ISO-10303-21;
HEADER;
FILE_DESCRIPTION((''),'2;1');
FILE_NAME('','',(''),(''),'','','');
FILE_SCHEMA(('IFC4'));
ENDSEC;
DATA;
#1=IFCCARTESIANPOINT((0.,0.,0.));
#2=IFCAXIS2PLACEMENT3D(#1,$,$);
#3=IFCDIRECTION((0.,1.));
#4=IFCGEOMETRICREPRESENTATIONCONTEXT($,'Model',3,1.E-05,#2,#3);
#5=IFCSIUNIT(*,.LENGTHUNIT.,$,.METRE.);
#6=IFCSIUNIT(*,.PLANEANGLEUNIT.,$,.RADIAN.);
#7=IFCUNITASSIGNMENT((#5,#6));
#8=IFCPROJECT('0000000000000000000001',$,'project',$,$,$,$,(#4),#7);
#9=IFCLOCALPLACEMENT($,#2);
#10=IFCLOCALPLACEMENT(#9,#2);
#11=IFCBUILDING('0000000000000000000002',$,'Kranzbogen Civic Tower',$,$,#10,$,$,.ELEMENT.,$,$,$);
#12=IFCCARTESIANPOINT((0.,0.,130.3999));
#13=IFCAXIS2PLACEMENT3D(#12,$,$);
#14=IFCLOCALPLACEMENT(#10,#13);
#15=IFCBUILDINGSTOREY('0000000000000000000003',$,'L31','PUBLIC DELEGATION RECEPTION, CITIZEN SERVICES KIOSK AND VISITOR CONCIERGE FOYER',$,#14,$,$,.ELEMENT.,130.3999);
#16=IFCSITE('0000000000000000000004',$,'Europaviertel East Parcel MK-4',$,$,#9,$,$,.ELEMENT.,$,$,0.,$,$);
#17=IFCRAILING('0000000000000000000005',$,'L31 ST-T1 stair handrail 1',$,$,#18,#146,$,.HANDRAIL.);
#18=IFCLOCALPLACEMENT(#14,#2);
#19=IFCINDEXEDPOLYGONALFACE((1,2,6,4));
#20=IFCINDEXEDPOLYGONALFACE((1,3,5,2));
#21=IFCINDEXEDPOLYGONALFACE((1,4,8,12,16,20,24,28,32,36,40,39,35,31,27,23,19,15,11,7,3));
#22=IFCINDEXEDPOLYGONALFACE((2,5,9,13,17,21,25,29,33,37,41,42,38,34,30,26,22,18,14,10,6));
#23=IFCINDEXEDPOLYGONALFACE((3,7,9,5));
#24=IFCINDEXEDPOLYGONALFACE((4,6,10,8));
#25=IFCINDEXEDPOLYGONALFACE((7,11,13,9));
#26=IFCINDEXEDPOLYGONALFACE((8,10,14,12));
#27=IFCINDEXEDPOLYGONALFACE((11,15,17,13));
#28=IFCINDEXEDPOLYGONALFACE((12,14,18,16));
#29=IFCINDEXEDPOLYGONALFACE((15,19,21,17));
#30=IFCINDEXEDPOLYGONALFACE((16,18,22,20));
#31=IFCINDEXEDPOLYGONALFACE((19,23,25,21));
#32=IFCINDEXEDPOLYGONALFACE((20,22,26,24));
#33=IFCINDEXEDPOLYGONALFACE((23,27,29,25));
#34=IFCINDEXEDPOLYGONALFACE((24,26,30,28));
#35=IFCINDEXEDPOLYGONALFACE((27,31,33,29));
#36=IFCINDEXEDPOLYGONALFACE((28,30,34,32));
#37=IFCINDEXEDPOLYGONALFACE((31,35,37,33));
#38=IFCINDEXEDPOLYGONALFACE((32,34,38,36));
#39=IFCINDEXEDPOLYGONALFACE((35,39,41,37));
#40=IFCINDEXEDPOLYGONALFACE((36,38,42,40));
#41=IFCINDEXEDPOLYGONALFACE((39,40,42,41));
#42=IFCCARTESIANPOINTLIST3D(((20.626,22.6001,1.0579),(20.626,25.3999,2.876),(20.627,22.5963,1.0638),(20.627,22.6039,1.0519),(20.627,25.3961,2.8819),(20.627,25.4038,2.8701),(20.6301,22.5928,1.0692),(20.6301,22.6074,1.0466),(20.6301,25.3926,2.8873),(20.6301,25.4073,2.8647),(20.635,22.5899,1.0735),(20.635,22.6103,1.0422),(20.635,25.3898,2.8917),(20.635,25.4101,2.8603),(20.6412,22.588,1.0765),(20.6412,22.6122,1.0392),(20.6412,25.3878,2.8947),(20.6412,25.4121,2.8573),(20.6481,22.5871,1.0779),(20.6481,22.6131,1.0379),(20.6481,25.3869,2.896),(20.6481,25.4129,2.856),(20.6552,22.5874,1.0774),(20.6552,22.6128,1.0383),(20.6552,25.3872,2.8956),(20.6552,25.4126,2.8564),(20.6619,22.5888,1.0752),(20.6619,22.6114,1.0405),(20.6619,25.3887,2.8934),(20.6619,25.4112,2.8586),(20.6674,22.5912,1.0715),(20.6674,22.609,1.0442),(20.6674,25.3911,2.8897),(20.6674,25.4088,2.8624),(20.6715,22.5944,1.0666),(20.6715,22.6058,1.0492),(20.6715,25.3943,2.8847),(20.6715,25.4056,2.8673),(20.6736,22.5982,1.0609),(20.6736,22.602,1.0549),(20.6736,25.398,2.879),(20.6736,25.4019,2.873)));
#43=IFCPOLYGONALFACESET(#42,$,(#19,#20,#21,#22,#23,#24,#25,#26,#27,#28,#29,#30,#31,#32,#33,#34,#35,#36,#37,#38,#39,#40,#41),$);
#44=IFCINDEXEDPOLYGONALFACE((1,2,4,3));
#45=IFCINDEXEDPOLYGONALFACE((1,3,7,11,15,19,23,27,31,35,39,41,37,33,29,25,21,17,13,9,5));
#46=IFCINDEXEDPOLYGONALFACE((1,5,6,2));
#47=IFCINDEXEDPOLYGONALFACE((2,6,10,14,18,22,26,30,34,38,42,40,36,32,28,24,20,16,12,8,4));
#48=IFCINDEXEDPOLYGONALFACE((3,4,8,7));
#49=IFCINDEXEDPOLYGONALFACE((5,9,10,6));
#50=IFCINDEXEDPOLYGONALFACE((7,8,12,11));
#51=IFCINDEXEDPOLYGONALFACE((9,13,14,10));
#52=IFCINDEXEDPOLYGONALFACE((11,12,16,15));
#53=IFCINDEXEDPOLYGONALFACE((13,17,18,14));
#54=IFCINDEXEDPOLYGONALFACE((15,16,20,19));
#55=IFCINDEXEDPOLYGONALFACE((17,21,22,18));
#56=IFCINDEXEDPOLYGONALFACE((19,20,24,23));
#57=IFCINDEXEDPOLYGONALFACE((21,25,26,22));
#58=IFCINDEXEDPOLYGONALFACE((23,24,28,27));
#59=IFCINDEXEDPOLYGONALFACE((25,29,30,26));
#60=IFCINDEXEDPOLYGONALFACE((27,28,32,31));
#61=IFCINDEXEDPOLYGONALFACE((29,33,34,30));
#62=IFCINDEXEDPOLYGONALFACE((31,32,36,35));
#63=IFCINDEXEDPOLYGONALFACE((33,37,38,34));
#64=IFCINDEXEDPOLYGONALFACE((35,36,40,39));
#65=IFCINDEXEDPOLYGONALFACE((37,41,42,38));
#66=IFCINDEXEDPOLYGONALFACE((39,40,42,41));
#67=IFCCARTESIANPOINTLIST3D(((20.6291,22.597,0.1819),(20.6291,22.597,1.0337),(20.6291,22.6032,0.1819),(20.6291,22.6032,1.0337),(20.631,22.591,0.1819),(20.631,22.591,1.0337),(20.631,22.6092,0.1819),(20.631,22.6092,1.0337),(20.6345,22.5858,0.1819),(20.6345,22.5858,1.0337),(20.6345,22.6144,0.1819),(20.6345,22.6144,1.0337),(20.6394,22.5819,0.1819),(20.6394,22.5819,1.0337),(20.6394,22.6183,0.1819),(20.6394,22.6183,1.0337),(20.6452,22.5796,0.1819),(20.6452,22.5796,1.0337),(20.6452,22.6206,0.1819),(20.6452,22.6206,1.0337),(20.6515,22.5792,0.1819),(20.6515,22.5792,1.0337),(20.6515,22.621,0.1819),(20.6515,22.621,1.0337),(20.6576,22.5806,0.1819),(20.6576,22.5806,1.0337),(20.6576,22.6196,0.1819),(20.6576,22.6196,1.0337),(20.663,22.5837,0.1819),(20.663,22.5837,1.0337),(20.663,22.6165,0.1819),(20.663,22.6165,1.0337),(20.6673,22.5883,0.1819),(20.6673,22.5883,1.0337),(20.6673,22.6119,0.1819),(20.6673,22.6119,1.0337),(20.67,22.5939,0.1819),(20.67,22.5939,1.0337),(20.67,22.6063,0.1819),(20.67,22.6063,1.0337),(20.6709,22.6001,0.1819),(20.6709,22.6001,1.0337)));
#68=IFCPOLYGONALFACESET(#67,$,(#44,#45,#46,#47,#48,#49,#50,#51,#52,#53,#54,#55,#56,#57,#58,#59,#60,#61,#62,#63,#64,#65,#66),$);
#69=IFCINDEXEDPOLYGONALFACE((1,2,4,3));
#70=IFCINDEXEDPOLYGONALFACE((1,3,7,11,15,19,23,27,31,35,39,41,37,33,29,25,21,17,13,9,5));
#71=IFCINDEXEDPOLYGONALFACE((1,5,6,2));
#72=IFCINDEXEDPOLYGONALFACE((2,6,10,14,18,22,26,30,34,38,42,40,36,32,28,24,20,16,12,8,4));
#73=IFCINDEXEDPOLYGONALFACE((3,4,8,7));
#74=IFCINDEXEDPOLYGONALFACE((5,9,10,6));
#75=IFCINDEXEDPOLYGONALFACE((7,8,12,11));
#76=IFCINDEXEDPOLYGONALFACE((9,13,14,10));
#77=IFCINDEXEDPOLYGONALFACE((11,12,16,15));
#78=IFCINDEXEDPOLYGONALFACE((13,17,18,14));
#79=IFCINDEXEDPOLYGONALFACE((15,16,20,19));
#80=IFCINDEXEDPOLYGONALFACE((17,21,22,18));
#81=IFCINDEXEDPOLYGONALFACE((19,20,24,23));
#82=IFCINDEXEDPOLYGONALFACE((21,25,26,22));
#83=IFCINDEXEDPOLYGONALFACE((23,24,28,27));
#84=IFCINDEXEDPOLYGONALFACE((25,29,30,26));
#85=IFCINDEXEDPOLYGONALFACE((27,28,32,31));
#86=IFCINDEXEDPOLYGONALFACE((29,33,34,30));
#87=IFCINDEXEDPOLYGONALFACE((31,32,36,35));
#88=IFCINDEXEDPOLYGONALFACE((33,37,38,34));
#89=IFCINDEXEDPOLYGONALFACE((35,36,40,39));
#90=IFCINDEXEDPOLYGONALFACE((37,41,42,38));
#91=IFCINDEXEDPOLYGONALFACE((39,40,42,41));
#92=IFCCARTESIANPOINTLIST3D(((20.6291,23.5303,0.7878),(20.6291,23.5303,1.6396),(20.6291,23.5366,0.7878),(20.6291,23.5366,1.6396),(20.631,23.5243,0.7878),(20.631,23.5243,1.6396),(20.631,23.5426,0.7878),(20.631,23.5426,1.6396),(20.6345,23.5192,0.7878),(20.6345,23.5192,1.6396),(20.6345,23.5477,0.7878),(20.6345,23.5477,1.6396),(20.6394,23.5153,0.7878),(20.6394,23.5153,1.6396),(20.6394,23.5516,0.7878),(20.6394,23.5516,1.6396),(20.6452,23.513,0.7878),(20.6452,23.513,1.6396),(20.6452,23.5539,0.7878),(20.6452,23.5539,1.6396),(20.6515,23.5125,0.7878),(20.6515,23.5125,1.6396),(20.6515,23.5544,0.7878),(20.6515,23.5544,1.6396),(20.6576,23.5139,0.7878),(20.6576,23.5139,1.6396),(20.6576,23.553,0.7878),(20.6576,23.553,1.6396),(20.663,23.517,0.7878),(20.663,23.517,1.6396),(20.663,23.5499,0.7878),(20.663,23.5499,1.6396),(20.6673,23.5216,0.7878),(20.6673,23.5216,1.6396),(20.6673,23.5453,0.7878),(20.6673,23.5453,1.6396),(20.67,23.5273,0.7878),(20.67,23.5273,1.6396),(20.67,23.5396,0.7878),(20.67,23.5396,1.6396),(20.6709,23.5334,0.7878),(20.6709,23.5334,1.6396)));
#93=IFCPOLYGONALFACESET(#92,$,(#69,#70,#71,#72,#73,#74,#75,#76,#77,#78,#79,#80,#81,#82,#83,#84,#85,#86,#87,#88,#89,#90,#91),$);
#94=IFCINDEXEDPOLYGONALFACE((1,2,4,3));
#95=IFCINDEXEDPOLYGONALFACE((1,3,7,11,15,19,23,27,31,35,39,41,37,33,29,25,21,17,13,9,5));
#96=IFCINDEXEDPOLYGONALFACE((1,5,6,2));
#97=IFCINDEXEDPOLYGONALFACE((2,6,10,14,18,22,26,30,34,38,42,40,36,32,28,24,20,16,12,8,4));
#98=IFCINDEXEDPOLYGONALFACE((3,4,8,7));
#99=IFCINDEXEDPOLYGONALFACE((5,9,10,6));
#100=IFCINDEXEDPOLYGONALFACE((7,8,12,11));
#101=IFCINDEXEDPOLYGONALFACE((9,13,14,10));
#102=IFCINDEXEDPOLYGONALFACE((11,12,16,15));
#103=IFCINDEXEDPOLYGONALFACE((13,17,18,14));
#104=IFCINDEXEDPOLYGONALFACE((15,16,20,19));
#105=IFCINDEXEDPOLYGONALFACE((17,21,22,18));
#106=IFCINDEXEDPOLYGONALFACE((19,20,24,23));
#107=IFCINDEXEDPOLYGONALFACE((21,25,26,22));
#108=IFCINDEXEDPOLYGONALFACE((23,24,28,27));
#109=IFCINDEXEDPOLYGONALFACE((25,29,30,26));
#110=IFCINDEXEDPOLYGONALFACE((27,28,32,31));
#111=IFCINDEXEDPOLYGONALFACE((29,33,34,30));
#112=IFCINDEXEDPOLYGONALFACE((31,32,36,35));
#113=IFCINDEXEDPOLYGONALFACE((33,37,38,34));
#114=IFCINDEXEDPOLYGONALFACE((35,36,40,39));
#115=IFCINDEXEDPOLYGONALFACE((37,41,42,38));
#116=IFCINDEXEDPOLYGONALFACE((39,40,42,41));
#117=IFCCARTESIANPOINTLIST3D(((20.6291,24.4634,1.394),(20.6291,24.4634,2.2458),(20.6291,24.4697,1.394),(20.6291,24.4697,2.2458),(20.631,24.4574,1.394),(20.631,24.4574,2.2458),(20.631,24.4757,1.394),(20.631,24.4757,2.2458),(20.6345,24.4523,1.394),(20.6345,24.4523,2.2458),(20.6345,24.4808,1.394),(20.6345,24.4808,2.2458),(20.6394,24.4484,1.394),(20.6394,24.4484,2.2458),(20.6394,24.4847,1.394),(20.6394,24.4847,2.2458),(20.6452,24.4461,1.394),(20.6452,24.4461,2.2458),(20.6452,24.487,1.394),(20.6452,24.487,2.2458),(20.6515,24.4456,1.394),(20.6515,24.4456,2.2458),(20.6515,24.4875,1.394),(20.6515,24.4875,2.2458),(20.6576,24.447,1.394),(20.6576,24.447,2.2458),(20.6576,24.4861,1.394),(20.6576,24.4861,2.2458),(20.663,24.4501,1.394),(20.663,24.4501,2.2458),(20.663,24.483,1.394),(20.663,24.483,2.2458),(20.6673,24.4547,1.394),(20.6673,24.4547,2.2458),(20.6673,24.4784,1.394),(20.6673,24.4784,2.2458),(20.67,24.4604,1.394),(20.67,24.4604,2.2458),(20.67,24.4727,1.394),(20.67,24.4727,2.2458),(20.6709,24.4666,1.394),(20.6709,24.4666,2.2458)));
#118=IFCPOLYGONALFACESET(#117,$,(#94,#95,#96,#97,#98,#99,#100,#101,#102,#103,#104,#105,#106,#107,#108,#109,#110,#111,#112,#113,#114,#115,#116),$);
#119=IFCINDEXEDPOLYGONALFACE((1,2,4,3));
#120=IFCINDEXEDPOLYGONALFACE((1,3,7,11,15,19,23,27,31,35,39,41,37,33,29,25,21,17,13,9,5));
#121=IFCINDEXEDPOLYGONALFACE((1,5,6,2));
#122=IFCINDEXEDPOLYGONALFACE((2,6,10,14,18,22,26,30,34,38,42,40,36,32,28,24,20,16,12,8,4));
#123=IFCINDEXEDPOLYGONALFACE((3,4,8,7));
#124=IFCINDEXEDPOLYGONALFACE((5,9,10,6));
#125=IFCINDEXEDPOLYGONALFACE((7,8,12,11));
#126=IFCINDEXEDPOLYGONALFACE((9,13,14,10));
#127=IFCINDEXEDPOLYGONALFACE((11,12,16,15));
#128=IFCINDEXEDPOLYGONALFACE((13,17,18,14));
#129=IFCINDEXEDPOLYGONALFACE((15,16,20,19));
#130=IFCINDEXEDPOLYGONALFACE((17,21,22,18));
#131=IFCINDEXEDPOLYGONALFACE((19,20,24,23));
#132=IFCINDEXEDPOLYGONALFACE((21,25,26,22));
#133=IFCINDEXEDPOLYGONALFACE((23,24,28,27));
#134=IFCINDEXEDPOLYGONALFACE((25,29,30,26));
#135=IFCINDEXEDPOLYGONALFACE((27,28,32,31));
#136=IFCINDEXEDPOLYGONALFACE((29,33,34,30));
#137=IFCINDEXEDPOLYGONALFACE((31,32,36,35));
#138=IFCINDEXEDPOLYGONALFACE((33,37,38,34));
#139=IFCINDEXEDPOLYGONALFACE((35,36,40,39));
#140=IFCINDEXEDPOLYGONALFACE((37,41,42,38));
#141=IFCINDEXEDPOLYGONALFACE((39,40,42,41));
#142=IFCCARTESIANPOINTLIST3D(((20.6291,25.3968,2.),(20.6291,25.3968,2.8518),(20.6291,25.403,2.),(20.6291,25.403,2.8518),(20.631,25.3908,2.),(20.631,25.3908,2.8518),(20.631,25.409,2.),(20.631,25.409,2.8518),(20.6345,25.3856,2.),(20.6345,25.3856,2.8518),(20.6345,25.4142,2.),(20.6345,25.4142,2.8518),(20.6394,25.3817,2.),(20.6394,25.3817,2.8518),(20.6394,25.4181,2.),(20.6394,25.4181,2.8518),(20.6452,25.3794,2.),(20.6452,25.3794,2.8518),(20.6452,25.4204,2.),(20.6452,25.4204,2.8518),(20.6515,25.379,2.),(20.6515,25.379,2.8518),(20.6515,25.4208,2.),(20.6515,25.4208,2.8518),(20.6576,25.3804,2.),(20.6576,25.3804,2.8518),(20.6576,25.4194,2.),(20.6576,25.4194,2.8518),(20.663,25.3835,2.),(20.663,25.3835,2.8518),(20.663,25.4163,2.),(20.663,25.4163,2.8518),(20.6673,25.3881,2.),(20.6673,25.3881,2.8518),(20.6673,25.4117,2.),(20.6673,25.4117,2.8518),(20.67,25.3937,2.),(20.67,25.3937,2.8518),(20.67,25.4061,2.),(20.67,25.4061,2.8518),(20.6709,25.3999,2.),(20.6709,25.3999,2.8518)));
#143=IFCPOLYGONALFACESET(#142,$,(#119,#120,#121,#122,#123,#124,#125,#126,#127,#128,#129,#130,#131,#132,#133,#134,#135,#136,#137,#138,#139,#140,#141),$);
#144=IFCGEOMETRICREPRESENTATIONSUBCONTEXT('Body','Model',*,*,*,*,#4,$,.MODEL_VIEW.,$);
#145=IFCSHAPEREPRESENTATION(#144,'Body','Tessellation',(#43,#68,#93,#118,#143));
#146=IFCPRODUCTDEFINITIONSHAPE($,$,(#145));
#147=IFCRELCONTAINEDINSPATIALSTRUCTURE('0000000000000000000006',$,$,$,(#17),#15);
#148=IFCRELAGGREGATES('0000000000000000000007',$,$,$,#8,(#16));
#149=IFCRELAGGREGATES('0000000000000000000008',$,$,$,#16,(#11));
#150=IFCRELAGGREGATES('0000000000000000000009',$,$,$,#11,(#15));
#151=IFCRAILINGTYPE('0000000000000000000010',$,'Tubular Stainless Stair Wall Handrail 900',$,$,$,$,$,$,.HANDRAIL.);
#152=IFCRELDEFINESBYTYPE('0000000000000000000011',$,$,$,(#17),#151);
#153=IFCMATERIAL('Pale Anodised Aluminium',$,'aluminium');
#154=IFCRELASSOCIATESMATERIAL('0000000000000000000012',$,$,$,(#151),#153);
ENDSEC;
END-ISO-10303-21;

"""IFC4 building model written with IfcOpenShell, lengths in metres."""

from ifc_helpers import new_model, si_unit, direction, frame, origin, origin_2d, place, context, subcontext, project, spatial, circle, extrude, material, type_object, element, save


model = new_model("IFC4")

# Units and contexts
model_context = context("Model", 3, precision=1e-05, world=origin(), true_north=direction((0.0, 1.0)))
body_context = subcontext(model_context, "Body", "Model", "MODEL_VIEW")
ifc_project = project(units=[si_unit("LENGTHUNIT", "METRE"), si_unit("PLANEANGLEUNIT", "RADIAN")], contexts=[model_context])

# Site, building, storey
site_placement = place(None, origin())
site = spatial("IfcSite", under=ifc_project, at=site_placement, Name="Europaviertel East Parcel MK-4", CompositionType="ELEMENT", RefElevation=0.0)
building_placement = place(site_placement, origin())
building = spatial("IfcBuilding", under=site, at=building_placement, Name="Kranzbogen Civic Tower", CompositionType="ELEMENT")
storey_placement = place(building_placement, frame((0.0, 0.0, 130.3999)))
storey = spatial("IfcBuildingStorey", under=building, at=storey_placement, Name="L31", Description="PUBLIC DELEGATION RECEPTION, CITIZEN SERVICES KIOSK AND VISITOR CONCIERGE FOYER", CompositionType="ELEMENT", Elevation=130.3999)

# Shared definitions
ifc_material_1 = material(Name="Pale Anodised Aluminium", Category="aluminium")

# Railing
railing_type_1 = type_object("IfcRailingType", Name="Tubular Stainless Stair Wall Handrail 900", PredefinedType="HANDRAIL", material=ifc_material_1)
railing_1_placement = place(storey_placement, frame((20.6499, 22.6001, 0.1819)))
element("IfcRailing", 1, at=railing_1_placement, inside=storey, type_object=railing_type_1, Name="L31 ST-T1 stair handrail 1", PredefinedType="HANDRAIL", context=body_context, shape_type="SweptSolid", body=[
    extrude(circle(Radius=0.0239, at=origin_2d()), frame((0.0, 0.0, 0.876), z_axis=(0.0, 0.838684, 0.544618), x_axis=(-1.0, 0.0, 0.0)), (0.0, 0.0, 1.0), 3.3384),
    extrude(circle(Radius=0.021, at=origin_2d()), origin(), (0.0, 0.0, 1.0), 0.8518),
    extrude(circle(Radius=0.021, at=origin_2d()), frame((0.0, 0.9333, 0.606)), (0.0, 0.0, 1.0), 0.8518),
    extrude(circle(Radius=0.021, at=origin_2d()), frame((0.0, 1.8665, 1.2122)), (0.0, 0.0, 1.0), 0.8518),
    extrude(circle(Radius=0.021, at=origin_2d()), frame((0.0, 2.7998, 1.8181)), (0.0, 0.0, 1.0), 0.8518),
])

save(model, "model.ifc")
